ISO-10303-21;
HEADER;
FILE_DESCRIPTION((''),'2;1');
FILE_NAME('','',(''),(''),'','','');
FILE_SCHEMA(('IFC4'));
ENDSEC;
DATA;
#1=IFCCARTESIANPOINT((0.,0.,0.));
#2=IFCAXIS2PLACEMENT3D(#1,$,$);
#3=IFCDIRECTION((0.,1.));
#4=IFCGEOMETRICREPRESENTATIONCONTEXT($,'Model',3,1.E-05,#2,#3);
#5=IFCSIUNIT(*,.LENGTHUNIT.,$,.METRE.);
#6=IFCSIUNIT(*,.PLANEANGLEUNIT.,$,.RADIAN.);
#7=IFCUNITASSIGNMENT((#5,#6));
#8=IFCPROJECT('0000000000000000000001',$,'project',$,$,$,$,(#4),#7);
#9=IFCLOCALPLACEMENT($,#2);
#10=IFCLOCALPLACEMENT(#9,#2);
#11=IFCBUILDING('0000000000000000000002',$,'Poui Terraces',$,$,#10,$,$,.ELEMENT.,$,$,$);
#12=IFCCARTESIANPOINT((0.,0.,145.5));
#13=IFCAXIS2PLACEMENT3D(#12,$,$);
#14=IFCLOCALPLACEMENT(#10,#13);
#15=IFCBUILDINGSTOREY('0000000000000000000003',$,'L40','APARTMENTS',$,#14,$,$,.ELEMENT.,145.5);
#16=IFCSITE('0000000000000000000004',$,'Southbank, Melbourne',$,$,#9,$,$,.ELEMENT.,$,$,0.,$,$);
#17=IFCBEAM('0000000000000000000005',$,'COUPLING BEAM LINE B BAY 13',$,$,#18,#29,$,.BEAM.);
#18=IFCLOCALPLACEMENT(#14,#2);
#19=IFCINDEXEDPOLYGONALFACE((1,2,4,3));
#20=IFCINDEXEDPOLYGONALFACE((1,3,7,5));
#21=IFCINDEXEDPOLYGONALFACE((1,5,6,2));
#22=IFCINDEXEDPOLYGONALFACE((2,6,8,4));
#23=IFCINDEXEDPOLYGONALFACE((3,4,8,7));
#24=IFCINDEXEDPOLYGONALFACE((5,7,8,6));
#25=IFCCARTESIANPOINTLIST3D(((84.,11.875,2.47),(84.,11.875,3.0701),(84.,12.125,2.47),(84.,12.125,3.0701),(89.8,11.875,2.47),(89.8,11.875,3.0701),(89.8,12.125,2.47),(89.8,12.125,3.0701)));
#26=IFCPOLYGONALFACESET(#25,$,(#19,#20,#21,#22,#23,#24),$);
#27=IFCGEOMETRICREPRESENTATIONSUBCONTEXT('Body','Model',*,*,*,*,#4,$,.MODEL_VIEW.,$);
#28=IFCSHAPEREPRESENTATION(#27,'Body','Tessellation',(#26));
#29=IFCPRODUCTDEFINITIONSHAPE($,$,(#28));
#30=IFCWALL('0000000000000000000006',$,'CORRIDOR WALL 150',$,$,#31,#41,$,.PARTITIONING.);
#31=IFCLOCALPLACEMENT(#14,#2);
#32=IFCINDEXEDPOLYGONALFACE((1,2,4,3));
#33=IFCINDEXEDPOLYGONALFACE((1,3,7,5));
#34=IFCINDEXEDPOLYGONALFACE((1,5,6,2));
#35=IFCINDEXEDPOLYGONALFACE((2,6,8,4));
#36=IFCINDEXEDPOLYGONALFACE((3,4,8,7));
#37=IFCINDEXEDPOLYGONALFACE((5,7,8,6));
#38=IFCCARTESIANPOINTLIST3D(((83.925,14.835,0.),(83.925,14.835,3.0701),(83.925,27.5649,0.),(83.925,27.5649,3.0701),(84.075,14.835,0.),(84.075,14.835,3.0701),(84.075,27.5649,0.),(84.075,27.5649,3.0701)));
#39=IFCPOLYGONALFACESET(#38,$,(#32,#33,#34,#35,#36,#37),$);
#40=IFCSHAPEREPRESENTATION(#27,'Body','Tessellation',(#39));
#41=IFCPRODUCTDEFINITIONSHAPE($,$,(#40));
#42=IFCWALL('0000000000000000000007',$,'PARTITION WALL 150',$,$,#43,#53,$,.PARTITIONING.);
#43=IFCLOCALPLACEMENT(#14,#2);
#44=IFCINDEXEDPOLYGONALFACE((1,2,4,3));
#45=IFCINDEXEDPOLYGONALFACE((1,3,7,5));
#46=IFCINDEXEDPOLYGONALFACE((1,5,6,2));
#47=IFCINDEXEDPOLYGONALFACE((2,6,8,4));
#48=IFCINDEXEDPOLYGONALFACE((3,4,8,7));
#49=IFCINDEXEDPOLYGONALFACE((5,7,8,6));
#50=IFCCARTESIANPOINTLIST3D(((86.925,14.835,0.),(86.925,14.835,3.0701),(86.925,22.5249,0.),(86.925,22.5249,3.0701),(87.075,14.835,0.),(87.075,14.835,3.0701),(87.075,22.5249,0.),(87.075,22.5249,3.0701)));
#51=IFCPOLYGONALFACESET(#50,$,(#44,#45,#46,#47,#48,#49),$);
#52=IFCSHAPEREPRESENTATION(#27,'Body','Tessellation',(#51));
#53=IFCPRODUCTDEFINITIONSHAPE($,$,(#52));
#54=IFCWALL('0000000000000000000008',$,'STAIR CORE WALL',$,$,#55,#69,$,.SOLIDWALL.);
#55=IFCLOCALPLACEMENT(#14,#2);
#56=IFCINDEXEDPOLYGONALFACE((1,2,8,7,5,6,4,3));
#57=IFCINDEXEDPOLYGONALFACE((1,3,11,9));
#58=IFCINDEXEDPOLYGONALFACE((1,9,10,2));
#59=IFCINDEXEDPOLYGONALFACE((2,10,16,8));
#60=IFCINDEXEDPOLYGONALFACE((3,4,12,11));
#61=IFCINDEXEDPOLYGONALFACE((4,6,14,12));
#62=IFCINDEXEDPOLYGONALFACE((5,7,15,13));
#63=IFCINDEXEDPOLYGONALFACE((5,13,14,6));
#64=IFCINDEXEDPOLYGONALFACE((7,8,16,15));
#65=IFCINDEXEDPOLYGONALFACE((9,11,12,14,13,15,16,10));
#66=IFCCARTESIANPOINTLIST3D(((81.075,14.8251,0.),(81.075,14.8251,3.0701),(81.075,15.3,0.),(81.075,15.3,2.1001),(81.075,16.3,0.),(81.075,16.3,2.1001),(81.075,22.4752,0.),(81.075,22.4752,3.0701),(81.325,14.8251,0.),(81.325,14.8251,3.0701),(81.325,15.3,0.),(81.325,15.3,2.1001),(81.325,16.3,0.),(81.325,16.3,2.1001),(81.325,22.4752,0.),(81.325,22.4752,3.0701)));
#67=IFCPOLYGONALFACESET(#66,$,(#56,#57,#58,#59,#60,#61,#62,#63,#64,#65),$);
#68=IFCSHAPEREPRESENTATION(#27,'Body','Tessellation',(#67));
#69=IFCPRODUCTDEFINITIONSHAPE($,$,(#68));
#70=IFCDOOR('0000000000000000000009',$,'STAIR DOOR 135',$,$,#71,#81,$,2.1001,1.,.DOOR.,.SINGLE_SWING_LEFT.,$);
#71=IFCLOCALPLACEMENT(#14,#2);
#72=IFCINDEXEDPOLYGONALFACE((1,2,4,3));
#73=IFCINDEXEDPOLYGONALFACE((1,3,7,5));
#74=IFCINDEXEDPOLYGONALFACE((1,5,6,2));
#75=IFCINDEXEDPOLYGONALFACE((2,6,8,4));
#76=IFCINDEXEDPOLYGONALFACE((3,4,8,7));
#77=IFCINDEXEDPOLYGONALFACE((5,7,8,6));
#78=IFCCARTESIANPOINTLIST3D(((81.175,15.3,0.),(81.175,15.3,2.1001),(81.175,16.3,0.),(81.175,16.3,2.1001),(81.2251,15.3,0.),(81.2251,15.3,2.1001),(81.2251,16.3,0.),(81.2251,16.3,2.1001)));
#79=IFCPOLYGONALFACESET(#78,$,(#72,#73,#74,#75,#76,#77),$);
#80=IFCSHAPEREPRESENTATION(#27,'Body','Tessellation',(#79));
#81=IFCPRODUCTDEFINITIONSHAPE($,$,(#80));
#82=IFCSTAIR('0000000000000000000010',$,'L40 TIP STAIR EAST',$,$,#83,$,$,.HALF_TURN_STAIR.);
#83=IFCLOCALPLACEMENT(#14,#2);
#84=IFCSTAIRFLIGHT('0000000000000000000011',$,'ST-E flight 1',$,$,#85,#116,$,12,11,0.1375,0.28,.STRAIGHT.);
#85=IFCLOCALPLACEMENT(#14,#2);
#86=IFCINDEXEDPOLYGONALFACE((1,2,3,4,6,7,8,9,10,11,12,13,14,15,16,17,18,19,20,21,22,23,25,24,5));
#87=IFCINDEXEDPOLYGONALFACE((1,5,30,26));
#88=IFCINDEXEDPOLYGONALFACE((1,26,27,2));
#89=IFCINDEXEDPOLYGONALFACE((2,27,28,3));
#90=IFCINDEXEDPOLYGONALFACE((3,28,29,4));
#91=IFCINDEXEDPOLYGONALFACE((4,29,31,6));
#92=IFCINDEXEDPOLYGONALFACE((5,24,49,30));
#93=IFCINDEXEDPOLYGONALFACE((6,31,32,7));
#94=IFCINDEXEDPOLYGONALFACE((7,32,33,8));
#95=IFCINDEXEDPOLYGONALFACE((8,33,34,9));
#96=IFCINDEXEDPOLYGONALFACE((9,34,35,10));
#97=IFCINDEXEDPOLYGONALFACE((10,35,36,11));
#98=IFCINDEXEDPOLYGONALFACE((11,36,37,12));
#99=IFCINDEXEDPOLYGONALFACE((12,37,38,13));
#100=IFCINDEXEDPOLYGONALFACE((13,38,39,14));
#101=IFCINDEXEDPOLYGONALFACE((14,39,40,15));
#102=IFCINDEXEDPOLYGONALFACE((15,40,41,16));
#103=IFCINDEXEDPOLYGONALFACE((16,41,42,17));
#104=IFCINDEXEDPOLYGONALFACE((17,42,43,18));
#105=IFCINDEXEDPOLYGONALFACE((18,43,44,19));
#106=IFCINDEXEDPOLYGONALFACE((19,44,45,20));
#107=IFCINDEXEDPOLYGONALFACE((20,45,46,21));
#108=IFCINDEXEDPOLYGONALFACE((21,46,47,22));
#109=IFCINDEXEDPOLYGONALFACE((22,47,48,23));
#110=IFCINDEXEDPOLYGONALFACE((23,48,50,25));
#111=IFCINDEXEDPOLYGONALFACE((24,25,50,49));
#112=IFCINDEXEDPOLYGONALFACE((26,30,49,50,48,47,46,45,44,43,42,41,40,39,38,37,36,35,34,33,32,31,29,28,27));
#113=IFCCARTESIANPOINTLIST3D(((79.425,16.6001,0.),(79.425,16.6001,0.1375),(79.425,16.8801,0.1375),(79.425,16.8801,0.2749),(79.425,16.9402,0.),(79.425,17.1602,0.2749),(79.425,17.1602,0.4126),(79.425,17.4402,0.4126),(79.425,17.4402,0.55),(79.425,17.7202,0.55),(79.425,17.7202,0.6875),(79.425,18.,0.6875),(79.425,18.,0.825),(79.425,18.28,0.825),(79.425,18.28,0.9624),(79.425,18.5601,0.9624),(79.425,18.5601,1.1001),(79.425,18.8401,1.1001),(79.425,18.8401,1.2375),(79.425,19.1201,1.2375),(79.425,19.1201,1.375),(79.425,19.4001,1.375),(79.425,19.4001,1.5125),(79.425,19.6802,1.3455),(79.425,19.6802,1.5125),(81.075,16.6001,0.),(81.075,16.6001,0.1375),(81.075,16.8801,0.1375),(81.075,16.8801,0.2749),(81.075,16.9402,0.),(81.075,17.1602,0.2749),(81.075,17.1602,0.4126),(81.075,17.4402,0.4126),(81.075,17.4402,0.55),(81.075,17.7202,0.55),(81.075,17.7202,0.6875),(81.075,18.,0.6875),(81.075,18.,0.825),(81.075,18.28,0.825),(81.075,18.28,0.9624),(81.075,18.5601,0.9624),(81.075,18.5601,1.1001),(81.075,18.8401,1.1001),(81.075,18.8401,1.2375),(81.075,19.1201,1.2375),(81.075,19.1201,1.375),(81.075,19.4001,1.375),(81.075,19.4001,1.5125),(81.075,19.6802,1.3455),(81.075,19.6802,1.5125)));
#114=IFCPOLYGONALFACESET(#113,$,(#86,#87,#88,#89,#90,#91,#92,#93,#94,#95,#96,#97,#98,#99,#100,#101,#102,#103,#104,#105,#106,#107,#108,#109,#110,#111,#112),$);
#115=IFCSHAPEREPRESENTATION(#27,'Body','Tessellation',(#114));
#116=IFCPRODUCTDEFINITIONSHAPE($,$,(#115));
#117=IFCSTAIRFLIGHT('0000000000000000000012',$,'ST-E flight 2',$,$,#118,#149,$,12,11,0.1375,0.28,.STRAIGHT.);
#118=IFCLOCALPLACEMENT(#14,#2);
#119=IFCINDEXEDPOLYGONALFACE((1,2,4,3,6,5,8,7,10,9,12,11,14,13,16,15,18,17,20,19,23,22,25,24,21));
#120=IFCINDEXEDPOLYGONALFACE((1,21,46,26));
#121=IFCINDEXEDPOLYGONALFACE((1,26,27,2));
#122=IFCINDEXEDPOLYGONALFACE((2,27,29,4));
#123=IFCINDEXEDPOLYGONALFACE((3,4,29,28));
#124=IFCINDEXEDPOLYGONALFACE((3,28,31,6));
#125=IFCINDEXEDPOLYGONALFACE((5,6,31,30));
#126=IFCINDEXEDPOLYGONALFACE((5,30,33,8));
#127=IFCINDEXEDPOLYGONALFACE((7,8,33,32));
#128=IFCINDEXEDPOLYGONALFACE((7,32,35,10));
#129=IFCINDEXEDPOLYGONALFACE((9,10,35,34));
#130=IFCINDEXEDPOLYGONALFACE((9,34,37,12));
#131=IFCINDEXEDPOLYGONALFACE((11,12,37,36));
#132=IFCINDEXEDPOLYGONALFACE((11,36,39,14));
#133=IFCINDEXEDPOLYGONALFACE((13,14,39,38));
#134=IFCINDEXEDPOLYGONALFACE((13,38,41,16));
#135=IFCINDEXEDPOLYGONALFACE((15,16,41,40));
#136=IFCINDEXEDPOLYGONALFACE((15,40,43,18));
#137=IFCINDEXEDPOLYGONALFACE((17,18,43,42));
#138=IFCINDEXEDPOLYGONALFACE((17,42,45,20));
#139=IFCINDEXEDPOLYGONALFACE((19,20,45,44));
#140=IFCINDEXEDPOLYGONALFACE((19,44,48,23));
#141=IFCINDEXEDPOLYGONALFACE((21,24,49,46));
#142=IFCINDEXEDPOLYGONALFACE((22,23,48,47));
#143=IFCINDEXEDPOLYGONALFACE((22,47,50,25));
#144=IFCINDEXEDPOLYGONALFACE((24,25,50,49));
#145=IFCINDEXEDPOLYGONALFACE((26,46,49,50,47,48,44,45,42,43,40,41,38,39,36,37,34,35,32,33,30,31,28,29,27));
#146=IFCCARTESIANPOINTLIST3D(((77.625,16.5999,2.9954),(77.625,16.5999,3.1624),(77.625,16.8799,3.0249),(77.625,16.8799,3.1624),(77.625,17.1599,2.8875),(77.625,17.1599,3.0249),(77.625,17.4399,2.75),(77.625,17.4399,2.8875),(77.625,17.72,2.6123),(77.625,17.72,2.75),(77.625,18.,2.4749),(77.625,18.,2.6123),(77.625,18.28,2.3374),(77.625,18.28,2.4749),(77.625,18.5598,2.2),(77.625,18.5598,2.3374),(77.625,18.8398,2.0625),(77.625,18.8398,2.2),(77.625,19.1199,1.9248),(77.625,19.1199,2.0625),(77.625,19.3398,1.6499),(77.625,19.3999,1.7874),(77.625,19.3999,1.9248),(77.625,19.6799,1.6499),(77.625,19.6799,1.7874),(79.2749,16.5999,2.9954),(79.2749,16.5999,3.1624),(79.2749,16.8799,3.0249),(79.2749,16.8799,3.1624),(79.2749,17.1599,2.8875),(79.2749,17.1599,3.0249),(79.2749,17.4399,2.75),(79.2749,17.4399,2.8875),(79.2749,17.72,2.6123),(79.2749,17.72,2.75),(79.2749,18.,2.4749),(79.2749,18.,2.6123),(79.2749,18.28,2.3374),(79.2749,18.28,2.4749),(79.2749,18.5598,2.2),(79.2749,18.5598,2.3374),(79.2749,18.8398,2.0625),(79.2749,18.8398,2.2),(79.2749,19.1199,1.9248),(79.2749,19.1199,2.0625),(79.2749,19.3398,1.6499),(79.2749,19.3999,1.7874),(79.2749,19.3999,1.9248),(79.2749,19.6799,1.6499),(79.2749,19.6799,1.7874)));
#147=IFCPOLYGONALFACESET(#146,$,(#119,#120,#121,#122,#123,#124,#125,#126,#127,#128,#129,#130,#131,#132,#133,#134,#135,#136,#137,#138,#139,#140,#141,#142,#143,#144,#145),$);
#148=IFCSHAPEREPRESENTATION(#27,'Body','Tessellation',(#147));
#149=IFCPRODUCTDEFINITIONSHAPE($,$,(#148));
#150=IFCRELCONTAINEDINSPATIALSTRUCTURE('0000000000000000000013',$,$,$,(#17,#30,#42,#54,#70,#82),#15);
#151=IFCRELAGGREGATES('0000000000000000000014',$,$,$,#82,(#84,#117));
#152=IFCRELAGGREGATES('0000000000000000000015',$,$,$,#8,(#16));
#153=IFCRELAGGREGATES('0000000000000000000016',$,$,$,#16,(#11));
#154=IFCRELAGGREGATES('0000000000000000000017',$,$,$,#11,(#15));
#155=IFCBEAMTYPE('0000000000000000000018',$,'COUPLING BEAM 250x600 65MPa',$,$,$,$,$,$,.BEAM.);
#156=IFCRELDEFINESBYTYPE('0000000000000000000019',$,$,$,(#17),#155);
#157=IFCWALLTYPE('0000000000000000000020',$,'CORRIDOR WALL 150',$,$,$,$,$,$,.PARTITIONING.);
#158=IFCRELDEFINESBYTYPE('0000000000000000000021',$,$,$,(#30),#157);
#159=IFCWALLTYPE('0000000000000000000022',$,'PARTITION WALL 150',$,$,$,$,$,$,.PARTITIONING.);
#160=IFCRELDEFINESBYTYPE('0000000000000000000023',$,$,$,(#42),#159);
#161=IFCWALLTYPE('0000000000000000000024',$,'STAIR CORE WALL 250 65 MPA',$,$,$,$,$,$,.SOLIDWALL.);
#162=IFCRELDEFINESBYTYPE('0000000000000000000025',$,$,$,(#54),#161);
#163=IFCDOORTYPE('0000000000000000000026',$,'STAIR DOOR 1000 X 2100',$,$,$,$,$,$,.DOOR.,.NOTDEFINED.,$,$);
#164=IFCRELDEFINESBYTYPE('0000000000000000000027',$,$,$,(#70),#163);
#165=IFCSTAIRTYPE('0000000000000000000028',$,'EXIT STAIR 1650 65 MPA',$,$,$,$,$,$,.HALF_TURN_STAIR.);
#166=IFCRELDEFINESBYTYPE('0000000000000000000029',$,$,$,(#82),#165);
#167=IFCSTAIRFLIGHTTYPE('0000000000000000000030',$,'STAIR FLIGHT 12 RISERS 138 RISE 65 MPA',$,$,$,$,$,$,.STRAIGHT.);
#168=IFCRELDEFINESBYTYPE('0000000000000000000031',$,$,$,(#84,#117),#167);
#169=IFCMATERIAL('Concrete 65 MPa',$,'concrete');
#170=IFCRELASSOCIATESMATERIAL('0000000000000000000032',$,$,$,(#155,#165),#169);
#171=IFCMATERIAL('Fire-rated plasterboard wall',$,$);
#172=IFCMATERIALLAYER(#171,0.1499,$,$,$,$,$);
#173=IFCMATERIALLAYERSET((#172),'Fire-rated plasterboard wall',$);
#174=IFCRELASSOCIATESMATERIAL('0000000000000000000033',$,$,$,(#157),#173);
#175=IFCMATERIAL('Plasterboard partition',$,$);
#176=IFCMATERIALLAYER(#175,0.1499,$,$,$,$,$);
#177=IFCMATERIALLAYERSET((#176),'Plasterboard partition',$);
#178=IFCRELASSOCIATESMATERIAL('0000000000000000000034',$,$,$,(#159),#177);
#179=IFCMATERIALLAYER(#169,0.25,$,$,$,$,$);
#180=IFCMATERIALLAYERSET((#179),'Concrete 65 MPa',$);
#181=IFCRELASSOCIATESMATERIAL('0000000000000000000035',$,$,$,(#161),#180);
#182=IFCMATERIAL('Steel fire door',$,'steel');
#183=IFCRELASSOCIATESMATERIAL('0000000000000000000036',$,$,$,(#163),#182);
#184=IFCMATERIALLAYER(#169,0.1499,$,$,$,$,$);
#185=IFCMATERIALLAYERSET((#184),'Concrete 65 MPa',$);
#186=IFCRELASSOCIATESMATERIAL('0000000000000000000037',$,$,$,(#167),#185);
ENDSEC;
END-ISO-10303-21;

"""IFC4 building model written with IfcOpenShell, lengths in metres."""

from ifc_helpers import new_model, si_unit, direction, frame, frame_2d, origin, origin_2d, place, context, subcontext, project, spatial, polyline, rectangle, outline, extrude, source, transform, mapped, material, layer, layer_set, material_profile, profile_set, type_object, element, fill, aggregate, save


model = new_model("IFC4")

# Units and contexts
model_context = context("Model", 3, precision=1e-05, world=origin(), true_north=direction((0.0, 1.0)))
body_context = subcontext(model_context, "Body", "Model", "MODEL_VIEW")
ifc_project = project(units=[si_unit("LENGTHUNIT", "METRE"), si_unit("PLANEANGLEUNIT", "RADIAN")], contexts=[model_context])

# Site, building, storey
site_placement = place(None, origin())
site = spatial("IfcSite", under=ifc_project, at=site_placement, Name="Southbank, Melbourne", CompositionType="ELEMENT", RefElevation=0.0)
building_placement = place(site_placement, origin())
building = spatial("IfcBuilding", under=site, at=building_placement, Name="Poui Terraces", CompositionType="ELEMENT")
storey_placement = place(building_placement, frame((0.0, 0.0, 145.5)))
storey = spatial("IfcBuildingStorey", under=building, at=storey_placement, Name="L40", Description="APARTMENTS", CompositionType="ELEMENT", Elevation=145.5)

# Beam
ifc_material_1 = material(Name="Concrete 65 MPa", Category="concrete")
ifc_material_profile = material_profile(ifc_material_1, rectangle(XDim=0.25, YDim=0.6001, at=origin_2d()), Name="RC 250x600")
ifc_profile_set = profile_set([ifc_material_profile], Name="Concrete 65 MPa")
beam_type = type_object("IfcBeamType", Name="COUPLING BEAM 250x600 65MPa", PredefinedType="BEAM", material=ifc_profile_set)
shared_shape = source(origin(), body_context, "Body", "SweptSolid", [
    extrude(rectangle(XDim=0.25, YDim=0.6001, at=origin_2d()), origin(), (0.0, 0.0, 1.0), 5.8),
])
beam_placement = place(storey_placement, frame((84.0, 12.0, 2.77), z_axis=(1.0, 0.0, 0.0), x_axis=(0.0, 1.0, 0.0)))
element("IfcBeam", 1, at=beam_placement, inside=storey, type_object=beam_type, Name="COUPLING BEAM LINE B BAY 13", PredefinedType="BEAM", context=body_context, shape_type="MappedRepresentation", body=[
    mapped(shared_shape, transform((0.0, 0.0, 0.0))),
])

# Walls
ifc_material_2 = material(Name="Fire-rated plasterboard wall")
ifc_layer_1 = layer(ifc_material_2, 0.1499)
ifc_layer_set_1 = layer_set([ifc_layer_1], Name="Fire-rated plasterboard wall")
wall_type_1 = type_object("IfcWallType", Name="CORRIDOR WALL 150", PredefinedType="PARTITIONING", material=ifc_layer_set_1)
wall_1_placement = place(storey_placement, frame((84.0, 14.835, 0.0), z_axis=(0.0, 0.0, 1.0), x_axis=(0.0, 1.0, 0.0)))
element("IfcWall", 2, at=wall_1_placement, inside=storey, type_object=wall_type_1, Name="CORRIDOR WALL 150", PredefinedType="PARTITIONING", context=body_context, shape_type="SweptSolid", body=[
    extrude(rectangle(XDim=12.73, YDim=0.1499, at=frame_2d((6.365, 0.0))), origin(), (0.0, 0.0, 1.0), 3.0701),
])
ifc_material_3 = material(Name="Plasterboard partition")
ifc_layer_2 = layer(ifc_material_3, 0.1499)
ifc_layer_set_2 = layer_set([ifc_layer_2], Name="Plasterboard partition")
wall_type_2 = type_object("IfcWallType", Name="PARTITION WALL 150", PredefinedType="PARTITIONING", material=ifc_layer_set_2)
wall_2_placement = place(storey_placement, frame((87.0, 14.835, 0.0), z_axis=(0.0, 0.0, 1.0), x_axis=(0.0, 1.0, 0.0)))
element("IfcWall", 3, at=wall_2_placement, inside=storey, type_object=wall_type_2, Name="PARTITION WALL 150", PredefinedType="PARTITIONING", context=body_context, shape_type="SweptSolid", body=[
    extrude(rectangle(XDim=7.6899, YDim=0.1499, at=frame_2d((3.845, 0.0))), origin(), (0.0, 0.0, 1.0), 3.0701),
])

# Wall, opening, door
ifc_layer_3 = layer(ifc_material_1, 0.25)
ifc_layer_set_3 = layer_set([ifc_layer_3], Name="Concrete 65 MPa")
wall_type_3 = type_object("IfcWallType", Name="STAIR CORE WALL 250 65 MPA", PredefinedType="SOLIDWALL", material=ifc_layer_set_3)
wall_3_placement = place(storey_placement, frame((81.2, 14.825, 0.0), z_axis=(0.0, 0.0, 1.0), x_axis=(0.0, 1.0, 0.0)))
wall_3 = element("IfcWall", 4, at=wall_3_placement, inside=storey, type_object=wall_type_3, Name="STAIR CORE WALL", PredefinedType="SOLIDWALL", context=body_context, shape_type="SweptSolid", body=[
    extrude(rectangle(XDim=7.6501, YDim=0.25, at=frame_2d((3.8252, 0.0))), origin(), (0.0, 0.0, 1.0), 3.0701),
])
opening_placement = place(wall_3_placement, frame((0.4751, 0.0, 0.0)))
opening = element("IfcOpeningElement", 5, at=opening_placement, cuts=wall_3, PredefinedType="OPENING", context=body_context, shape_type="SweptSolid", body=[
    extrude(rectangle(XDim=1.0, YDim=2.1001, at=frame_2d((0.5, 1.05))), frame((0.0, 0.135, 0.0), z_axis=(0.0, -1.0, 0.0), x_axis=(1.0, 0.0, 0.0)), (0.0, 0.0, 1.0), 0.27),
])
ifc_material_4 = material(Name="Steel fire door", Category="steel")
door_type = type_object("IfcDoorType", Name="STAIR DOOR 1000 X 2100", OperationType="NOTDEFINED", PredefinedType="DOOR", material=ifc_material_4)
door_placement = place(opening_placement, origin())
door = element("IfcDoor", 6, at=door_placement, inside=storey, type_object=door_type, Name="STAIR DOOR 135", OperationType="SINGLE_SWING_LEFT", OverallHeight=2.1001, OverallWidth=1.0, PredefinedType="DOOR", context=body_context, shape_type="SweptSolid", body=[
    extrude(rectangle(XDim=1.0, YDim=2.1001, at=frame_2d((0.5, 1.05))), frame((0.0, 0.0249, 0.0), z_axis=(0.0, -1.0, 0.0), x_axis=(1.0, 0.0, 0.0)), (0.0, 0.0, 1.0), 0.05),
])
fill(opening, door)

# Stair, stair flights
stair_type = type_object("IfcStairType", Name="EXIT STAIR 1650 65 MPA", PredefinedType="HALF_TURN_STAIR", material=ifc_material_1)
stair_placement = place(storey_placement, origin())
stair = element("IfcStair", 7, at=stair_placement, inside=storey, type_object=stair_type, Name="L40 TIP STAIR EAST", PredefinedType="HALF_TURN_STAIR")
ifc_layer_4 = layer(ifc_material_1, 0.1499)
ifc_layer_set_4 = layer_set([ifc_layer_4], Name="Concrete 65 MPa")
stair_flight_type = type_object("IfcStairFlightType", Name="STAIR FLIGHT 12 RISERS 138 RISE 65 MPA", PredefinedType="STRAIGHT", material=ifc_layer_set_4)
stair_flight_1_placement = place(storey_placement, frame((80.25, 16.6001, 0.0), z_axis=(0.0, 0.0, 1.0), x_axis=(0.0, 1.0, 0.0)))
stair_flight_1 = element("IfcStairFlight", 8, at=stair_flight_1_placement, type_object=stair_flight_type, Name="ST-E flight 1", NumberOfRisers=12, NumberOfTreads=11, PredefinedType="STRAIGHT", RiserHeight=0.1375, TreadLength=0.28, context=body_context, shape_type="SweptSolid", body=[
    extrude(outline(polyline([(0.0, 0.0), (0.0, 0.1375), (0.28, 0.1375), (0.28, 0.2749), (0.5601, 0.2749), (0.5601, 0.4126), (0.8401, 0.4126), (0.8401, 0.55), (1.1201, 0.55), (1.1201, 0.6875), (1.3999, 0.6875), (1.3999, 0.825), (1.6799, 0.825), (1.6799, 0.9624), (1.96, 0.9624), (1.96, 1.1001), (2.24, 1.1001), (2.24, 1.2375), (2.52, 1.2375), (2.52, 1.375), (2.8, 1.375), (2.8, 1.5125), (3.0801, 1.5125), (3.0801, 1.6499), (3.0801, 1.3455), (0.3401, 0.0), (0.0, 0.0)])), frame((0.0, 0.825, 0.0), z_axis=(0.0, -1.0, 0.0), x_axis=(1.0, 0.0, 0.0)), (0.0, 0.0, 1.0), 1.6499),
])
stair_flight_2_placement = place(storey_placement, frame((78.45, 19.6799, 1.6499), z_axis=(0.0, 0.0, 1.0), x_axis=(0.0, -1.0, 0.0)))
stair_flight_2 = element("IfcStairFlight", 9, at=stair_flight_2_placement, type_object=stair_flight_type, Name="ST-E flight 2", NumberOfRisers=12, NumberOfTreads=11, PredefinedType="STRAIGHT", RiserHeight=0.1375, TreadLength=0.28, context=body_context, shape_type="SweptSolid", body=[
    extrude(outline(polyline([(0.0, 0.0), (0.0, 0.1375), (0.28, 0.1375), (0.28, 0.2749), (0.5601, 0.2749), (0.5601, 0.4126), (0.8401, 0.4126), (0.8401, 0.55), (1.1201, 0.55), (1.1201, 0.6875), (1.3999, 0.6875), (1.3999, 0.825), (1.6799, 0.825), (1.6799, 0.9624), (1.96, 0.9624), (1.96, 1.1001), (2.24, 1.1001), (2.24, 1.2375), (2.52, 1.2375), (2.52, 1.375), (2.8, 1.375), (2.8, 1.5125), (3.0801, 1.5125), (3.0801, 1.6499), (3.0801, 1.3455), (0.3401, 0.0), (0.0, 0.0)])), frame((0.0, 0.825, 0.0), z_axis=(0.0, -1.0, 0.0), x_axis=(1.0, 0.0, 0.0)), (0.0, 0.0, 1.0), 1.6499),
])
aggregate(stair, [stair_flight_1, stair_flight_2])

save(model, "model.ifc")
